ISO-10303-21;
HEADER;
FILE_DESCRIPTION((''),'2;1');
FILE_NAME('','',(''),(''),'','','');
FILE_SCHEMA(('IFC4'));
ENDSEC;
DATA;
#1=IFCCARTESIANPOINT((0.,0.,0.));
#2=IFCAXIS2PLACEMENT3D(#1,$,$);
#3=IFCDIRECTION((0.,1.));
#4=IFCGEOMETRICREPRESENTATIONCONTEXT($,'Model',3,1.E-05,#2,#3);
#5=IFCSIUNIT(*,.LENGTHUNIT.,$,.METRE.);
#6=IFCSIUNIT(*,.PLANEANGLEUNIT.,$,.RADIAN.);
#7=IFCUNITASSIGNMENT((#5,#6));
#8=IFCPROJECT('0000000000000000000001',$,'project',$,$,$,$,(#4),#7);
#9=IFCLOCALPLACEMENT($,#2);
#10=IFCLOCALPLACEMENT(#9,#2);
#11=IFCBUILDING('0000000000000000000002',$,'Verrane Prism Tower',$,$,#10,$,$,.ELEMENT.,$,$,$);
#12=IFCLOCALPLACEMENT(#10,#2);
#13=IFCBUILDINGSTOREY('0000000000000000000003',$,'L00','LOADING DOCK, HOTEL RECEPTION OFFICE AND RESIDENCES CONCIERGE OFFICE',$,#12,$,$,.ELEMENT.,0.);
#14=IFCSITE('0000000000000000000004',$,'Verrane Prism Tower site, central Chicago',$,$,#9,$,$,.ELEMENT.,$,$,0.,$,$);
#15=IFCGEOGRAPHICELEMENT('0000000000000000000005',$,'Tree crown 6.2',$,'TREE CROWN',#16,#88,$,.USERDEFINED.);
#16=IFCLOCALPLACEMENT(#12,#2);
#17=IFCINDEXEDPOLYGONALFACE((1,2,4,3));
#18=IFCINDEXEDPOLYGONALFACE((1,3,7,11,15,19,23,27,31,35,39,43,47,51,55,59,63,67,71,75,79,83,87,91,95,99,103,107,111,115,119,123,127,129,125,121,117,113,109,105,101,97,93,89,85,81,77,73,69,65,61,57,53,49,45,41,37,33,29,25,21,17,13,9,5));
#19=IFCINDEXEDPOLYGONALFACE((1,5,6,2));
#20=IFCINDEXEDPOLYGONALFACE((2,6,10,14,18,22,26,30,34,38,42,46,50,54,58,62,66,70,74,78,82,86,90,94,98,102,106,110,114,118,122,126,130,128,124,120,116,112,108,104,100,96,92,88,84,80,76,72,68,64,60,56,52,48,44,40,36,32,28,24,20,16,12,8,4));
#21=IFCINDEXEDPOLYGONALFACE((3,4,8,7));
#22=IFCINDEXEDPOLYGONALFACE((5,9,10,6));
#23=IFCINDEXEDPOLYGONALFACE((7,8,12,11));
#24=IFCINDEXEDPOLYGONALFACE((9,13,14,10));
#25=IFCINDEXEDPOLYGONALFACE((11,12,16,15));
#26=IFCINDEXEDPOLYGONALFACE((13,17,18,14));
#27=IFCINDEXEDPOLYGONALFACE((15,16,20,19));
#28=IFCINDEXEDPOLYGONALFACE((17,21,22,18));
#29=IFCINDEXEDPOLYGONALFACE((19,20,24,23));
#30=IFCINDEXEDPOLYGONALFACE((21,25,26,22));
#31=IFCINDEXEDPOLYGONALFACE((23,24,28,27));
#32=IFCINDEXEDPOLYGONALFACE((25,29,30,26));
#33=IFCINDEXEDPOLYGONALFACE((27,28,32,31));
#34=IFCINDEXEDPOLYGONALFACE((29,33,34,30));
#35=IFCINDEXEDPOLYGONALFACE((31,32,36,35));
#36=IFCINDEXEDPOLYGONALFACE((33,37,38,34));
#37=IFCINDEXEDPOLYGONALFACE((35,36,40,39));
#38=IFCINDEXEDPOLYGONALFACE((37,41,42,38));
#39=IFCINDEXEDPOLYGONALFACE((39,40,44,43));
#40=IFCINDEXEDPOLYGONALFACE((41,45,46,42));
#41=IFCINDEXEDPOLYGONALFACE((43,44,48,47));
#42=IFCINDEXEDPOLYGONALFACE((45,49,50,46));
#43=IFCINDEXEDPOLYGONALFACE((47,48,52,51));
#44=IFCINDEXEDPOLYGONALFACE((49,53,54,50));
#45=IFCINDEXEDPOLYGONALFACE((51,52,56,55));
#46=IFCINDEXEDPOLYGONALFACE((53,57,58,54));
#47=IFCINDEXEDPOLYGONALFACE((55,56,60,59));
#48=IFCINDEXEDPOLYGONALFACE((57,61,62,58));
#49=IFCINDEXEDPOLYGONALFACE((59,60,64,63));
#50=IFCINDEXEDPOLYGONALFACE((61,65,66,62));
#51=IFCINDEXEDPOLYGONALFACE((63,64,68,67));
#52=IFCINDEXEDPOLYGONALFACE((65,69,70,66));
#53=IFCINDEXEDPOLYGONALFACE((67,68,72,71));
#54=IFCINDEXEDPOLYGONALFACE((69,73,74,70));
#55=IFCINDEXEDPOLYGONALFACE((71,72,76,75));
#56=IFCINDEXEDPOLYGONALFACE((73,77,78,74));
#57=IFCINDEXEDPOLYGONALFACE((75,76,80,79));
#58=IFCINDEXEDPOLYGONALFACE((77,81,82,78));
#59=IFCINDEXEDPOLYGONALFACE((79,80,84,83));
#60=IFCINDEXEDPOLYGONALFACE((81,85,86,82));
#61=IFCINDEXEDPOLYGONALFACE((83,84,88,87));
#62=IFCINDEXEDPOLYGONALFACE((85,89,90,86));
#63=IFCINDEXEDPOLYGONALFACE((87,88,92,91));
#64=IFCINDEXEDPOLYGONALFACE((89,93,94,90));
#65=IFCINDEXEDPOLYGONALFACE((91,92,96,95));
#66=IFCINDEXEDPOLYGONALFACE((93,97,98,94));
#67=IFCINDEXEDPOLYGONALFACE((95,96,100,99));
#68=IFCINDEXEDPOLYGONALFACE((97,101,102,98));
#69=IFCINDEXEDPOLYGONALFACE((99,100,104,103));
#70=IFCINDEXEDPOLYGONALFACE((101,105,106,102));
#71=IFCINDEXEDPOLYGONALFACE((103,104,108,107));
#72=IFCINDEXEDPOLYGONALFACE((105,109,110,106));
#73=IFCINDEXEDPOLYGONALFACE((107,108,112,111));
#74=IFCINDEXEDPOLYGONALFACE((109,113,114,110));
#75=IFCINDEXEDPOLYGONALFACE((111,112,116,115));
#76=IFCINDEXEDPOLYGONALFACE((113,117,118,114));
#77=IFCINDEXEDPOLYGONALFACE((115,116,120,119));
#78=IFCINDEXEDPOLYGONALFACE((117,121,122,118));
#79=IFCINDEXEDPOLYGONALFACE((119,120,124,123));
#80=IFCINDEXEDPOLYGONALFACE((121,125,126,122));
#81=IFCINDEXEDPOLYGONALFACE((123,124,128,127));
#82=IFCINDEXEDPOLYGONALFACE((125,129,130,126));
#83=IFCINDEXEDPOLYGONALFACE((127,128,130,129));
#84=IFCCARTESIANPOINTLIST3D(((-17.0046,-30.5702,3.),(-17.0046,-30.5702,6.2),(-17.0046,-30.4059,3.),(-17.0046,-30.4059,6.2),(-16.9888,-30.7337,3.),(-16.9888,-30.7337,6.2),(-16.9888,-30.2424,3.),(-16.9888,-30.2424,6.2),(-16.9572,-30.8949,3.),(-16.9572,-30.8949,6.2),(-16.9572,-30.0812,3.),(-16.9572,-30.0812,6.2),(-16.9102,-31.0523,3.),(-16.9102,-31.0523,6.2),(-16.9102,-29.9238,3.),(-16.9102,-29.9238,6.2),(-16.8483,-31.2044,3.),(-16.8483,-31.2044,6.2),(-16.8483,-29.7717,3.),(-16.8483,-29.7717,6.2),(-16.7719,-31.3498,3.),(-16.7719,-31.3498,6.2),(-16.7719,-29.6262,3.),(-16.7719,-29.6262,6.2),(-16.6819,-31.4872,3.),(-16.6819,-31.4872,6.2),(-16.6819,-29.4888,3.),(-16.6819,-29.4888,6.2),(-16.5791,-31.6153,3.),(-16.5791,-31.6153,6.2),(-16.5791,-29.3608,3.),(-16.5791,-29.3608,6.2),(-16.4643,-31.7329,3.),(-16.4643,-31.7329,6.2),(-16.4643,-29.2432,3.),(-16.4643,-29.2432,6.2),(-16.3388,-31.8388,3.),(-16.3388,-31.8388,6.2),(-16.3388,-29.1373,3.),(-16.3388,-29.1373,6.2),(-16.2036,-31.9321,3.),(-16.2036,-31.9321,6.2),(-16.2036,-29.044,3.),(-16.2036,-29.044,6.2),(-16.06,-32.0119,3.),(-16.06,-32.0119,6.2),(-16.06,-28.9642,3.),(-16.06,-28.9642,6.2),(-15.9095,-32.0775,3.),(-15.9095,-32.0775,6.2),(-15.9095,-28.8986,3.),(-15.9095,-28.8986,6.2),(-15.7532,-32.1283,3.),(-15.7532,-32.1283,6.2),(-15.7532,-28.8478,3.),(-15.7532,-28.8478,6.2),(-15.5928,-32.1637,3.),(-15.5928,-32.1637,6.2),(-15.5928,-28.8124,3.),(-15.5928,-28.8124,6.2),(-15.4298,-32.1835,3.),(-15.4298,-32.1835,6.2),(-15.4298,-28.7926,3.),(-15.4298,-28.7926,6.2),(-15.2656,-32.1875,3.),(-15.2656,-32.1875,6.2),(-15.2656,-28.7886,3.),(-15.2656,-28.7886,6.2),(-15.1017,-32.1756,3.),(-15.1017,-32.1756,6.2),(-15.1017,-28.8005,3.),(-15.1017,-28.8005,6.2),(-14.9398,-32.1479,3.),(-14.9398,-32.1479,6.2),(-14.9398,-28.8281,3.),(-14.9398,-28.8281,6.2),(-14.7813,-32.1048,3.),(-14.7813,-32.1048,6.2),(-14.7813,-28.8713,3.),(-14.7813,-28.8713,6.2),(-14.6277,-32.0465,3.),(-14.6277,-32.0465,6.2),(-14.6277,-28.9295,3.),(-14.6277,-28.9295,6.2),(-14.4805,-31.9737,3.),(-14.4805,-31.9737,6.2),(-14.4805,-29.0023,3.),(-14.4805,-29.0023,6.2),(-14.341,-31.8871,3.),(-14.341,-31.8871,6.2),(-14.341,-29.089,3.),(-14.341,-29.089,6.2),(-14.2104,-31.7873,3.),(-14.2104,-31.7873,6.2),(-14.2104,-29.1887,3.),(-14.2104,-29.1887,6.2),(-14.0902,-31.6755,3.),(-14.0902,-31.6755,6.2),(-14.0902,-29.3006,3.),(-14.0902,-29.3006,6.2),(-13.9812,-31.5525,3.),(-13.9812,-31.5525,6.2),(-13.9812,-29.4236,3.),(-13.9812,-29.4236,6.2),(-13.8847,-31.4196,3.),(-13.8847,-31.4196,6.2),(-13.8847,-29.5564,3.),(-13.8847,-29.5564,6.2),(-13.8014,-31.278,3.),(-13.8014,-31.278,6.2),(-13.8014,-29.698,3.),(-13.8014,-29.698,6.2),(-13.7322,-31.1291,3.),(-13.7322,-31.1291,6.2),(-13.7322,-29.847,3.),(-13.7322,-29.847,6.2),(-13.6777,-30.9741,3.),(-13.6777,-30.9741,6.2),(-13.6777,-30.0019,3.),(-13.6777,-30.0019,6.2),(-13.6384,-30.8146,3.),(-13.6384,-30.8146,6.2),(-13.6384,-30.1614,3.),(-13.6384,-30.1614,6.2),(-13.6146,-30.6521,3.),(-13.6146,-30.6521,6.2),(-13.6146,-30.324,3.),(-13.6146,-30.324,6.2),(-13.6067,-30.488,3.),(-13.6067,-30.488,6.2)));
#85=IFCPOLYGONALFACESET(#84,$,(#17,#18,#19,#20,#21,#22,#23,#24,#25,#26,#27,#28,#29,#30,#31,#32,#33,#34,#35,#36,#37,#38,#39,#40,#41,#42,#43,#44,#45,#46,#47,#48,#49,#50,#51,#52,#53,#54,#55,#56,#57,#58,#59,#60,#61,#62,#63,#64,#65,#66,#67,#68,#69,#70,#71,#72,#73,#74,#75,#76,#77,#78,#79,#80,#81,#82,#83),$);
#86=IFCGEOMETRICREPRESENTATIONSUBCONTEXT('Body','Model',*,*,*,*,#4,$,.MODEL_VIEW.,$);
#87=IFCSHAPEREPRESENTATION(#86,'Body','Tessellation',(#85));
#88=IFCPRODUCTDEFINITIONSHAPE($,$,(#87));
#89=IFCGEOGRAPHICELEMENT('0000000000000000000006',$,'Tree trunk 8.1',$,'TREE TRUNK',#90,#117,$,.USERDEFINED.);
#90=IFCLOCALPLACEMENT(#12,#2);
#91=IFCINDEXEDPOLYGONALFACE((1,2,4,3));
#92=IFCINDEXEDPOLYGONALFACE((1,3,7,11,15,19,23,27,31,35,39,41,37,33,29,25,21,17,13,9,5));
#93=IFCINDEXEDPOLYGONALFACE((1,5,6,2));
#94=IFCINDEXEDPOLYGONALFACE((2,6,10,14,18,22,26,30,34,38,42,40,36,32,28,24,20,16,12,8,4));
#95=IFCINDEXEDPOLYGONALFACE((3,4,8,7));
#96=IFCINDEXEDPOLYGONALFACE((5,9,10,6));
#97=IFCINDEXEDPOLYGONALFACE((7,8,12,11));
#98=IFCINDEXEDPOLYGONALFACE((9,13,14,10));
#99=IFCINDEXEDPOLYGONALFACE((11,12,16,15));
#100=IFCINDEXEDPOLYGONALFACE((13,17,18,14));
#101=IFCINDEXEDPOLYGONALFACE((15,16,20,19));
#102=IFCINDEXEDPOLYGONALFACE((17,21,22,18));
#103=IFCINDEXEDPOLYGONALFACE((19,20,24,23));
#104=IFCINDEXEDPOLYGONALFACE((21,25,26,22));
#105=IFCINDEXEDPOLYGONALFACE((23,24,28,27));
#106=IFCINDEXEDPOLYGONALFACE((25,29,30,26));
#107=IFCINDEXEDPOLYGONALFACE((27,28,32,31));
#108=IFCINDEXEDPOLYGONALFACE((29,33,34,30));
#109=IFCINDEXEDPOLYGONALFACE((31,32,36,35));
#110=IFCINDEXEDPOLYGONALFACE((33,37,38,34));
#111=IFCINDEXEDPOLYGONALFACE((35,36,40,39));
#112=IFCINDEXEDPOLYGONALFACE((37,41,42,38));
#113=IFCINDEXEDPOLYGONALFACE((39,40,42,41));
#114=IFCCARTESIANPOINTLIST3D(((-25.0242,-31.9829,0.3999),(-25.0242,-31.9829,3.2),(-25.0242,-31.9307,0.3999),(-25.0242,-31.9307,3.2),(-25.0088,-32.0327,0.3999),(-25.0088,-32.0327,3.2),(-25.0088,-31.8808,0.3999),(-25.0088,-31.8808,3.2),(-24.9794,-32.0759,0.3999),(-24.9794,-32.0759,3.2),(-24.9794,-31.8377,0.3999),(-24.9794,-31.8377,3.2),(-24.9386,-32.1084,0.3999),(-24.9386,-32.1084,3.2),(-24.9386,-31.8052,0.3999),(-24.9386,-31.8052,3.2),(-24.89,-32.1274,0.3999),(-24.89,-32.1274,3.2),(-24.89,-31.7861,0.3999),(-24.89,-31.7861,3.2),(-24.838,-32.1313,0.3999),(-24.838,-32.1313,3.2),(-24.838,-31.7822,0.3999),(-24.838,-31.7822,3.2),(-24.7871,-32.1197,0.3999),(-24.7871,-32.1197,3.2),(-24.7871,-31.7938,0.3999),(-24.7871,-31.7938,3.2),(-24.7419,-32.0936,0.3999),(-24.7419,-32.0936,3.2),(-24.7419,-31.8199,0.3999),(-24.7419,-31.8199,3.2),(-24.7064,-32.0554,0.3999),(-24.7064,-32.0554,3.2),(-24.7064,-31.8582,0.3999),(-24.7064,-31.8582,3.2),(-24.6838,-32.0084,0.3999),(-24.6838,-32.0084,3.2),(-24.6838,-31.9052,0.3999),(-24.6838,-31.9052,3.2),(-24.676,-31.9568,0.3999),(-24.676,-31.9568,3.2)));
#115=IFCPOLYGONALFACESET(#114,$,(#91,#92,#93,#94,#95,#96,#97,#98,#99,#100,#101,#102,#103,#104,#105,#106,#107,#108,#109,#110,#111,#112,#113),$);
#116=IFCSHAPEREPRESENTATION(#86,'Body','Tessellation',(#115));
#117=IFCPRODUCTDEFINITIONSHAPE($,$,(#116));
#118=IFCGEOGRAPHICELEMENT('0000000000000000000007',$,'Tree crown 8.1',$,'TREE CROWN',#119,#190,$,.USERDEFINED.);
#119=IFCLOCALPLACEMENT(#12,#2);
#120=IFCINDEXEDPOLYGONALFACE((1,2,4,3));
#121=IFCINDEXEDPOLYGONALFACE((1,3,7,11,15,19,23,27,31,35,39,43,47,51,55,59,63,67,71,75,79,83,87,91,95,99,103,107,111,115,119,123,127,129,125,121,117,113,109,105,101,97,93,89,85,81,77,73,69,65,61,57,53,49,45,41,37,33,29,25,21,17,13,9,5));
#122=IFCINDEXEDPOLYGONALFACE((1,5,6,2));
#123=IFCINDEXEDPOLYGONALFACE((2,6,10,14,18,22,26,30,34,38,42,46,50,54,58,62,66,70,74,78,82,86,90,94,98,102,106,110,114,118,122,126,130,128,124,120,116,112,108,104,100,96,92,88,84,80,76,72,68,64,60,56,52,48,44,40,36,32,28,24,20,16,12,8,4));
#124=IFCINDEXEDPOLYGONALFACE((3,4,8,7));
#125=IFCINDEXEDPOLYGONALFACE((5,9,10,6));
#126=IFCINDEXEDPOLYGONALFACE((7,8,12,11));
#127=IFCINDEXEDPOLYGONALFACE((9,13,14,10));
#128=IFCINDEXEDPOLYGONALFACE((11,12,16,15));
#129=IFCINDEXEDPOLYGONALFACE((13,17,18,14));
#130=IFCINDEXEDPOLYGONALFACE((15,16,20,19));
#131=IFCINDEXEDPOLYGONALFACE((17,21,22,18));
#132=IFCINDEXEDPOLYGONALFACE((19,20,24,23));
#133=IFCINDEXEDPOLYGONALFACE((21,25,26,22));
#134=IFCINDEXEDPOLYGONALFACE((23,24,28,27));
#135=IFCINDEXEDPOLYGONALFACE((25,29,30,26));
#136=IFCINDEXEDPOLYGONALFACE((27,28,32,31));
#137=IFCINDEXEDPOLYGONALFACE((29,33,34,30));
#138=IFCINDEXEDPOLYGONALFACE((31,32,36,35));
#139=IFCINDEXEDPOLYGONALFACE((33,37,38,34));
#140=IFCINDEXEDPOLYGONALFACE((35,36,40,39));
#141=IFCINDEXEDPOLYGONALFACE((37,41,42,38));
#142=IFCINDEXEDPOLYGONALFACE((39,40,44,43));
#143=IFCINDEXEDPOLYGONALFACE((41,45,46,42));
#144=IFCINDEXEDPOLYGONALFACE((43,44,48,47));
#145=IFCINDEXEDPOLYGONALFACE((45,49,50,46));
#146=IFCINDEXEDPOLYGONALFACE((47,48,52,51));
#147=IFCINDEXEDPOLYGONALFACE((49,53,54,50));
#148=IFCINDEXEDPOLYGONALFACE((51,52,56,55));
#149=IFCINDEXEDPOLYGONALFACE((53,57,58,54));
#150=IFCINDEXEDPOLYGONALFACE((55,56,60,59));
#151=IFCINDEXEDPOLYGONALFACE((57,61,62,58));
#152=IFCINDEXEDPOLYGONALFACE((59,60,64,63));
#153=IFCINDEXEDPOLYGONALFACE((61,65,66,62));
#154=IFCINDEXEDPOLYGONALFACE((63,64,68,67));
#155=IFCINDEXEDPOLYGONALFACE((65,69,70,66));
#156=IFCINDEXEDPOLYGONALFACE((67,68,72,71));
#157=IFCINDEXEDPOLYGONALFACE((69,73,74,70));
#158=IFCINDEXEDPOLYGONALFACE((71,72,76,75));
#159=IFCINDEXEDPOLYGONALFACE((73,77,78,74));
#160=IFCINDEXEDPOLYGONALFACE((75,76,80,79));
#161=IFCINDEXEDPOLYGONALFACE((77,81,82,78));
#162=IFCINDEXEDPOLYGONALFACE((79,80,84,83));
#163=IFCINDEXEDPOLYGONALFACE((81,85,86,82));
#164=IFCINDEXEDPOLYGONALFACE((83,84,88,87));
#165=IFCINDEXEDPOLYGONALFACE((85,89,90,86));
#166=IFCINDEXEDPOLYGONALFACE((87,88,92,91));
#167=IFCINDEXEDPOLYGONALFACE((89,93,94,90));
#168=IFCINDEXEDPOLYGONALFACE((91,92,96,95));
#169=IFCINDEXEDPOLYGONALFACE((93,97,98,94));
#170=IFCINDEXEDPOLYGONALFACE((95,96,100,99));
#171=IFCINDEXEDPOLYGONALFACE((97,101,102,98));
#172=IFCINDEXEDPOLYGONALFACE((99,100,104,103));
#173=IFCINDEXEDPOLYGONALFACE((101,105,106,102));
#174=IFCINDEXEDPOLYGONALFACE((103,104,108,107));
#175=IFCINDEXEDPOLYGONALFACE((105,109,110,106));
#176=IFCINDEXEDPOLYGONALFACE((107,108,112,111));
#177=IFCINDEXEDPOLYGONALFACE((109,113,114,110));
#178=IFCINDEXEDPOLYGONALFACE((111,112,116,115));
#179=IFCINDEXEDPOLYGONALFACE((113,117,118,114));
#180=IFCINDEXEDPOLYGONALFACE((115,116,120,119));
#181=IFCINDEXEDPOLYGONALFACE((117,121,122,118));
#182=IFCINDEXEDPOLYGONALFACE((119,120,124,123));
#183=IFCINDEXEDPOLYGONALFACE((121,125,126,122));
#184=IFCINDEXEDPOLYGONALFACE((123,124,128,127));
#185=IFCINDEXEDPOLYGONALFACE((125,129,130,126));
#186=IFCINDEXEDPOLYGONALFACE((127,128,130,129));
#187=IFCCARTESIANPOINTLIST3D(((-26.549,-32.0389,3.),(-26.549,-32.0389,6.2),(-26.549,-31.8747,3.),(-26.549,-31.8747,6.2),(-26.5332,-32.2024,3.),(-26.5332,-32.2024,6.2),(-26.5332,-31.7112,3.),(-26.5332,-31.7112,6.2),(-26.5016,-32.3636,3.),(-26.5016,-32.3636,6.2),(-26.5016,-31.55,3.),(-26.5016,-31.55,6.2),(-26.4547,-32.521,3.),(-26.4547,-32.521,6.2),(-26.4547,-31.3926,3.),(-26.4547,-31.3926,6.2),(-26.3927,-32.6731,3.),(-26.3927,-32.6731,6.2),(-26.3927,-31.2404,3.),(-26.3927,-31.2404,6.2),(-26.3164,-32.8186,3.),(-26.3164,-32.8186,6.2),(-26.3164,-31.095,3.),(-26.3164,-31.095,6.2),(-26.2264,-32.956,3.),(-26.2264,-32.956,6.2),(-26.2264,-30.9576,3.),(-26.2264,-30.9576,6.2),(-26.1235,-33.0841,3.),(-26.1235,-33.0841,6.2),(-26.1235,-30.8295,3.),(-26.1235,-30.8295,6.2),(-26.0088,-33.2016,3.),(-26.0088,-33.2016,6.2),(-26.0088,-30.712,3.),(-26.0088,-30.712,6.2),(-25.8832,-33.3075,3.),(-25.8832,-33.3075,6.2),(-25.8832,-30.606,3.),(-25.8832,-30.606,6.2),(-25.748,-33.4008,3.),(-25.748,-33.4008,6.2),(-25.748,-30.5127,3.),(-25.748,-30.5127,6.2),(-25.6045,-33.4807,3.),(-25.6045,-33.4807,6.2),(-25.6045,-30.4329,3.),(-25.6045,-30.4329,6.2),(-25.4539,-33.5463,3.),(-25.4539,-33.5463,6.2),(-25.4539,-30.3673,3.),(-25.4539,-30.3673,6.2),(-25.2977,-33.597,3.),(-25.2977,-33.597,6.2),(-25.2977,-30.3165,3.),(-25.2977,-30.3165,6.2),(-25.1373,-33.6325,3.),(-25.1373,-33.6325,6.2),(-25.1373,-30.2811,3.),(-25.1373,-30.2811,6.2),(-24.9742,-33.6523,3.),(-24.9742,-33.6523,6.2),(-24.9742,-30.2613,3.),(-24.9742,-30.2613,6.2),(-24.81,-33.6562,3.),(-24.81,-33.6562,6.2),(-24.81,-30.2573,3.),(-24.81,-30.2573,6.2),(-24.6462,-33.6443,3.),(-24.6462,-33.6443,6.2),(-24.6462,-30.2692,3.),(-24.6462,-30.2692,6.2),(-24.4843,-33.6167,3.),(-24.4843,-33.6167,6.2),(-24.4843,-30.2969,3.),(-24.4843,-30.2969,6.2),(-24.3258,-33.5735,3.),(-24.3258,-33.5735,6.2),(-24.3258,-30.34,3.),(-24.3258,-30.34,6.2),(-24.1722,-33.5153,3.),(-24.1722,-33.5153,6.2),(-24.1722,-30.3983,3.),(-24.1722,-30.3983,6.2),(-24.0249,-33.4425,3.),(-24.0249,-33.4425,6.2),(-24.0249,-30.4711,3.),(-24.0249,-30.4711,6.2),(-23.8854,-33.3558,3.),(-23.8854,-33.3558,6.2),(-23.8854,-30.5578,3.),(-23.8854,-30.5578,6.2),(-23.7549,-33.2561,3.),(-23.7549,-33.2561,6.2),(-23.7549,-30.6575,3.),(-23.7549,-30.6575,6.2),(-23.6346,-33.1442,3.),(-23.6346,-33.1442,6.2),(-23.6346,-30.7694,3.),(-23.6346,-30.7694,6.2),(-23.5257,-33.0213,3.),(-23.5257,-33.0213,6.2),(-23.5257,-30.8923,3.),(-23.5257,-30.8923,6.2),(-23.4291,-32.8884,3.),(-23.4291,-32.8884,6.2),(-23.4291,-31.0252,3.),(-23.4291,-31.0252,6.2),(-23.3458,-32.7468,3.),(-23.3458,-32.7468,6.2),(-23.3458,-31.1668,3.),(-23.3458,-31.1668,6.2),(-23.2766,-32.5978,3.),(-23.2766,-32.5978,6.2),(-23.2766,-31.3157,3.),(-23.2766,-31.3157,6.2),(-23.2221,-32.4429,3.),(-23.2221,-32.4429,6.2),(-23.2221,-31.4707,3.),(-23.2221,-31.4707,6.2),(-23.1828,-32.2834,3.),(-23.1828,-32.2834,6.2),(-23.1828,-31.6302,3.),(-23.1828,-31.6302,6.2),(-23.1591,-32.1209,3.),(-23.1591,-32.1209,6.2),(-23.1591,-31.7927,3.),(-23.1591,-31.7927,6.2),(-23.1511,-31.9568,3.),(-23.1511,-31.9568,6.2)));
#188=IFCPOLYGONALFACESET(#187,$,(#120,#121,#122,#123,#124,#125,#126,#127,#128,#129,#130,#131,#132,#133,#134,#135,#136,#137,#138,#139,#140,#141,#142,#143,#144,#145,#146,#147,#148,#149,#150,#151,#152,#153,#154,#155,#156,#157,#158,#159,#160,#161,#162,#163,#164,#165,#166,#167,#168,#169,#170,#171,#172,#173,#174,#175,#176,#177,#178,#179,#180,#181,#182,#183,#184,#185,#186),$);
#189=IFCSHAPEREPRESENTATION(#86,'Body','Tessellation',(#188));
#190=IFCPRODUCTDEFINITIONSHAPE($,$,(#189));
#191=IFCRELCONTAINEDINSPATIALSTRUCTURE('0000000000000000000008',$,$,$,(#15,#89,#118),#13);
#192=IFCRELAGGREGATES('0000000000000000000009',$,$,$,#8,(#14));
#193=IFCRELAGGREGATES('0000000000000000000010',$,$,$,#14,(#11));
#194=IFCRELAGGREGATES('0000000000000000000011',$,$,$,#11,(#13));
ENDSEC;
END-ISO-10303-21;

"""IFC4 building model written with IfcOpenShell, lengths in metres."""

from ifc_helpers import new_model, si_unit, direction, frame, origin, origin_2d, place, context, subcontext, project, spatial, circle, extrude, element, save


model = new_model("IFC4")

# Units and contexts
model_context = context("Model", 3, precision=1e-05, world=origin(), true_north=direction((0.0, 1.0)))
body_context = subcontext(model_context, "Body", "Model", "MODEL_VIEW")
ifc_project = project(units=[si_unit("LENGTHUNIT", "METRE"), si_unit("PLANEANGLEUNIT", "RADIAN")], contexts=[model_context])

# Site, building, storey
site_placement = place(None, origin())
site = spatial("IfcSite", under=ifc_project, at=site_placement, Name="Verrane Prism Tower site, central Chicago", CompositionType="ELEMENT", RefElevation=0.0)
building_placement = place(site_placement, origin())
building = spatial("IfcBuilding", under=site, at=building_placement, Name="Verrane Prism Tower", CompositionType="ELEMENT")
storey_placement = place(building_placement, origin())
storey = spatial("IfcBuildingStorey", under=building, at=storey_placement, Name="L00", Description="LOADING DOCK, HOTEL RECEPTION OFFICE AND RESIDENCES CONCIERGE OFFICE", CompositionType="ELEMENT", Elevation=0.0)

# Geographic elements
geographic_element_1_placement = place(storey_placement, frame((-15.3066, -30.488, 6.2), z_axis=(0.0, 0.0, -1.0), x_axis=(1.0, 0.0, 0.0)))
element("IfcGeographicElement", 1, at=geographic_element_1_placement, inside=storey, Name="Tree crown 6.2", ObjectType="TREE CROWN", PredefinedType="USERDEFINED", context=body_context, shape_type="SweptSolid", body=[
    extrude(circle(Radius=1.7, at=origin_2d()), origin(), (0.0, 0.0, 1.0), 3.2),
])
geographic_element_2_placement = place(storey_placement, frame((-24.8511, -31.9568, 3.2), z_axis=(0.0, 0.0, -1.0), x_axis=(1.0, 0.0, 0.0)))
element("IfcGeographicElement", 2, at=geographic_element_2_placement, inside=storey, Name="Tree trunk 8.1", ObjectType="TREE TRUNK", PredefinedType="USERDEFINED", context=body_context, shape_type="SweptSolid", body=[
    extrude(circle(Radius=0.175, at=origin_2d()), origin(), (0.0, 0.0, 1.0), 2.8),
])
geographic_element_3_placement = place(storey_placement, frame((-24.8511, -31.9568, 6.2), z_axis=(0.0, 0.0, -1.0), x_axis=(1.0, 0.0, 0.0)))
element("IfcGeographicElement", 3, at=geographic_element_3_placement, inside=storey, Name="Tree crown 8.1", ObjectType="TREE CROWN", PredefinedType="USERDEFINED", context=body_context, shape_type="SweptSolid", body=[
    extrude(circle(Radius=1.7, at=origin_2d()), origin(), (0.0, 0.0, 1.0), 3.2),
])

save(model, "model.ifc")
